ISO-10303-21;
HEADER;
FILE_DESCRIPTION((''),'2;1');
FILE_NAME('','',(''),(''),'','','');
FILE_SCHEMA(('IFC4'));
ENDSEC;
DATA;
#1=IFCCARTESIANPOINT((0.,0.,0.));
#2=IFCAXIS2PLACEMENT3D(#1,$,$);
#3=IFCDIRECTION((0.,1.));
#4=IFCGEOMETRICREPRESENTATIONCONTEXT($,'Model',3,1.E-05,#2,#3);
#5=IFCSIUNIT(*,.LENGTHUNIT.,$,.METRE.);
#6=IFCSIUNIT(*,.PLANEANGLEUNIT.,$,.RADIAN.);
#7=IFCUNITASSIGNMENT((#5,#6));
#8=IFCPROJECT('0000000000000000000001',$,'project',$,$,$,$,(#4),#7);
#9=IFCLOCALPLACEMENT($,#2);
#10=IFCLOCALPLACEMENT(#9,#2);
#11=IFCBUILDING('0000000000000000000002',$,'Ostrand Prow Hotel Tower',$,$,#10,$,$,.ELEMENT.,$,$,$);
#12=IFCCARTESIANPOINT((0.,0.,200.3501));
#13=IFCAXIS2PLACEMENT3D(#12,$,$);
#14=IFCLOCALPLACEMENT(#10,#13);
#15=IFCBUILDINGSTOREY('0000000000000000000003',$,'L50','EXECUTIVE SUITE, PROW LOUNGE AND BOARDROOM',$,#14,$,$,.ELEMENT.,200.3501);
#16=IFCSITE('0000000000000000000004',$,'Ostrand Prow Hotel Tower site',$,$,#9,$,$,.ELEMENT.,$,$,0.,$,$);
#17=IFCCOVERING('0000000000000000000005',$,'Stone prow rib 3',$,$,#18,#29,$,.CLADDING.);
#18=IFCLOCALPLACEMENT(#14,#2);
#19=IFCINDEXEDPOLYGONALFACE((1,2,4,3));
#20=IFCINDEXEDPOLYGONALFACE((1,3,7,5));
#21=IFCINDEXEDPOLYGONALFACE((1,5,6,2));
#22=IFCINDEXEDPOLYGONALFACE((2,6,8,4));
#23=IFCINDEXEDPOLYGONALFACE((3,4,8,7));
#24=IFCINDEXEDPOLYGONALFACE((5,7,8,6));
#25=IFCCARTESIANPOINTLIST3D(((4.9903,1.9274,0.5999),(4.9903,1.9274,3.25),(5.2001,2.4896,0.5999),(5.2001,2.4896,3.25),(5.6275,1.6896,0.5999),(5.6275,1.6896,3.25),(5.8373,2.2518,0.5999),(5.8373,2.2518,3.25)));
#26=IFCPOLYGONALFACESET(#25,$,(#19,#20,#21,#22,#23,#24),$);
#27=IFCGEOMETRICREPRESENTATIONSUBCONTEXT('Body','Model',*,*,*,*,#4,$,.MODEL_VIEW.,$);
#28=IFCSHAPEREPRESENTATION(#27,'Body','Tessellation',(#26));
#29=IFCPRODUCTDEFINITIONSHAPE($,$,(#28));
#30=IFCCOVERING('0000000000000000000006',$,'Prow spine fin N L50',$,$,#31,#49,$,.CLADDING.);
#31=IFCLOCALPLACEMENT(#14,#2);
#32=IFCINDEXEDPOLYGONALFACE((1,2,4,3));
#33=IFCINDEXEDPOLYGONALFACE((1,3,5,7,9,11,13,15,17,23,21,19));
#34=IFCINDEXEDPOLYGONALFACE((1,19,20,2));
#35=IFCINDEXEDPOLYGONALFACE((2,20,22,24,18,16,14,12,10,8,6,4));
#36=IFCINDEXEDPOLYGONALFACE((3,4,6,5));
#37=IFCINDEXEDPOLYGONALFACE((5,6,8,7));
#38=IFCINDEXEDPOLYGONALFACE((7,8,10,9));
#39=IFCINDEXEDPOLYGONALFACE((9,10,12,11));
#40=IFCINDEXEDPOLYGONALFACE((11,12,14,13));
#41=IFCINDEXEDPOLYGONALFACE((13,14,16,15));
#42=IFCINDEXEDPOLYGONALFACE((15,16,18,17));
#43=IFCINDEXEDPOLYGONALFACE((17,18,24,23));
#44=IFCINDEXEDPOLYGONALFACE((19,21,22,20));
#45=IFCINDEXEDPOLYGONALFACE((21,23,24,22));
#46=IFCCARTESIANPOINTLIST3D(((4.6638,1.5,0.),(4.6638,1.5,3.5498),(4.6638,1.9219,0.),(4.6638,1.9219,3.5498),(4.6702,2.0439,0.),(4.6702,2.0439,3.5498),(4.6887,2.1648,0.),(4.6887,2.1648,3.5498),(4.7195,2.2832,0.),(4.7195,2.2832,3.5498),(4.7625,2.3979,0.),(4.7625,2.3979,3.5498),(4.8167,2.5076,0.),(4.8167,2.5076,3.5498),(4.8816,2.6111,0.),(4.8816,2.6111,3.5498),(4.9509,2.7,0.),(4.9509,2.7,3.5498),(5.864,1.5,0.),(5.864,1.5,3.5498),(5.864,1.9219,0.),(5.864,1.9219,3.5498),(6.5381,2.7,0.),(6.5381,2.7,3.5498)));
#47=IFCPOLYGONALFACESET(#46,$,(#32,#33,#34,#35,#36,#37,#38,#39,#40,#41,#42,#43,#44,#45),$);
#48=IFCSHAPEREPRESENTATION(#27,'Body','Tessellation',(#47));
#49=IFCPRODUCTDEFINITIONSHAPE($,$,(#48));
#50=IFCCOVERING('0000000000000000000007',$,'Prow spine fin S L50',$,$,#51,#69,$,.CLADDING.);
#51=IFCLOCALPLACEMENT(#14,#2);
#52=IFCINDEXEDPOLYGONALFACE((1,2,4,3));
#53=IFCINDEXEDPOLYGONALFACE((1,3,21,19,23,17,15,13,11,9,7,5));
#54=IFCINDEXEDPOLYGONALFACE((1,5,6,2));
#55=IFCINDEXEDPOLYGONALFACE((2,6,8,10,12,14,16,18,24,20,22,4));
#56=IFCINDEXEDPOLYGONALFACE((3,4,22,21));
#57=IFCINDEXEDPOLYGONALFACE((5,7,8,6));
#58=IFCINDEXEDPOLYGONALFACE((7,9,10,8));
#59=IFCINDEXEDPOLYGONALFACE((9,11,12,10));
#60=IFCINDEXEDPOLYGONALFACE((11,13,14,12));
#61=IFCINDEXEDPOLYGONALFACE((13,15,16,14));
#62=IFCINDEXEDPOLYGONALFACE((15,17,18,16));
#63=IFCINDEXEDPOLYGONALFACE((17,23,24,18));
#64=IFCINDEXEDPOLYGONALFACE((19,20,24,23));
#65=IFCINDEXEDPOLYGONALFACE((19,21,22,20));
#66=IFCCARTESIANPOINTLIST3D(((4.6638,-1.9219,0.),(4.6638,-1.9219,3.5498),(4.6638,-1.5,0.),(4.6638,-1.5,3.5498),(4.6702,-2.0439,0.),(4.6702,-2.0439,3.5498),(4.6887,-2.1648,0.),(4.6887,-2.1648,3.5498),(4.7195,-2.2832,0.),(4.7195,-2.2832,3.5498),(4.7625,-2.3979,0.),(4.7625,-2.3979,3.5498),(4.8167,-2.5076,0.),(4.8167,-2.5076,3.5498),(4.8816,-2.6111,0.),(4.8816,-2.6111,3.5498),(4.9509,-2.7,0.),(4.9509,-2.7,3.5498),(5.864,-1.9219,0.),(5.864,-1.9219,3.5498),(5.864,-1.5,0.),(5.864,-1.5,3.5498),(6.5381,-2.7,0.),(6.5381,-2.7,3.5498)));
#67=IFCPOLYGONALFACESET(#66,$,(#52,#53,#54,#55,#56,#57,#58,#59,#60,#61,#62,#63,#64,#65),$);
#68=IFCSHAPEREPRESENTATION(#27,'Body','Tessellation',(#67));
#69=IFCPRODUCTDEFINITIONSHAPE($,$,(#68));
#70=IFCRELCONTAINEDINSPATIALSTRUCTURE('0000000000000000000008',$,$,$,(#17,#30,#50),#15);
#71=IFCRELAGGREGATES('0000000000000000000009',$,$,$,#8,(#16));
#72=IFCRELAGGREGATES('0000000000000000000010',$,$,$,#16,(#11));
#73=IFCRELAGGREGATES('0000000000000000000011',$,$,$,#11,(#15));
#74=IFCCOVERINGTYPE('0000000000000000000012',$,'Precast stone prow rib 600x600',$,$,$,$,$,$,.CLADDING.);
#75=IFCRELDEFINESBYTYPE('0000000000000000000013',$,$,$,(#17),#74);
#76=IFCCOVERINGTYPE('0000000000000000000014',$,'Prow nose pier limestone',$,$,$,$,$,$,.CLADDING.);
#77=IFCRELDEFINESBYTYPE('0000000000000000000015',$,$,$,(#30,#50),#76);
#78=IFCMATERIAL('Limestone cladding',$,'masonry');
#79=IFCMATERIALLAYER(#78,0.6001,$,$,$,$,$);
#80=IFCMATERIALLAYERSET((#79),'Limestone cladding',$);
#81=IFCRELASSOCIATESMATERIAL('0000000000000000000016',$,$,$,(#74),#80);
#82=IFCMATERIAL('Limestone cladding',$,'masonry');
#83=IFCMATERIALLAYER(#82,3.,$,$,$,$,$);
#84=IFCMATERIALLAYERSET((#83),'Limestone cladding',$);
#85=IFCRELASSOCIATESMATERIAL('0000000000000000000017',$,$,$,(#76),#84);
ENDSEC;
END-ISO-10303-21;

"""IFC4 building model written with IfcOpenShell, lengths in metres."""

from ifc_helpers import new_model, si_unit, direction, frame, frame_2d, origin, place, context, subcontext, project, spatial, polyline, rectangle, outline, extrude, material, layer, layer_set, type_object, element, save


model = new_model("IFC4")

# Units and contexts
model_context = context("Model", 3, precision=1e-05, world=origin(), true_north=direction((0.0, 1.0)))
body_context = subcontext(model_context, "Body", "Model", "MODEL_VIEW")
ifc_project = project(units=[si_unit("LENGTHUNIT", "METRE"), si_unit("PLANEANGLEUNIT", "RADIAN")], contexts=[model_context])

# Site, building, storey
site_placement = place(None, origin())
site = spatial("IfcSite", under=ifc_project, at=site_placement, Name="Ostrand Prow Hotel Tower site", CompositionType="ELEMENT", RefElevation=0.0)
building_placement = place(site_placement, origin())
building = spatial("IfcBuilding", under=site, at=building_placement, Name="Ostrand Prow Hotel Tower", CompositionType="ELEMENT")
storey_placement = place(building_placement, frame((0.0, 0.0, 200.3501)))
storey = spatial("IfcBuildingStorey", under=building, at=storey_placement, Name="L50", Description="EXECUTIVE SUITE, PROW LOUNGE AND BOARDROOM", CompositionType="ELEMENT", Elevation=200.3501)

# Coverings
ifc_material_1 = material(Name="Limestone cladding", Category="masonry")
ifc_layer_1 = layer(ifc_material_1, 0.6001)
ifc_layer_set_1 = layer_set([ifc_layer_1], Name="Limestone cladding")
covering_type_1 = type_object("IfcCoveringType", Name="Precast stone prow rib 600x600", PredefinedType="CLADDING", material=ifc_layer_set_1)
covering_1_placement = place(storey_placement, frame((5.7324, 1.9707, 0.5999), z_axis=(0.0, 0.0, 1.0), x_axis=(-0.936889, 0.349628, 0.0)))
element("IfcCovering", 1, at=covering_1_placement, inside=storey, type_object=covering_type_1, Name="Stone prow rib 3", PredefinedType="CLADDING", context=body_context, shape_type="SweptSolid", body=[
    extrude(rectangle(XDim=0.6802, YDim=0.6001, at=frame_2d((0.3401, 0.0))), origin(), (0.0, 0.0, 1.0), 2.6501),
])
ifc_material_2 = material(Name="Limestone cladding", Category="masonry")
ifc_layer_2 = layer(ifc_material_2, 3.0)
ifc_layer_set_2 = layer_set([ifc_layer_2], Name="Limestone cladding")
covering_type_2 = type_object("IfcCoveringType", Name="Prow nose pier limestone", PredefinedType="CLADDING", material=ifc_layer_set_2)
covering_2_placement = place(storey_placement, origin())
element("IfcCovering", 2, at=covering_2_placement, inside=storey, type_object=covering_type_2, Name="Prow spine fin N L50", PredefinedType="CLADDING", context=body_context, shape_type="SweptSolid", body=[
    extrude(outline(polyline([(4.6638, 1.9219), (4.6638, 1.5), (5.864, 1.5), (5.864, 1.9219), (6.5381, 2.7), (4.9509, 2.7), (4.8816, 2.6111), (4.8167, 2.5076), (4.7625, 2.3979), (4.7195, 2.2832), (4.6887, 2.1648), (4.6702, 2.0439), (4.6638, 1.9219)])), origin(), (0.0, 0.0, 1.0), 3.5498),
])
covering_3_placement = place(storey_placement, origin())
element("IfcCovering", 3, at=covering_3_placement, inside=storey, type_object=covering_type_2, Name="Prow spine fin S L50", PredefinedType="CLADDING", context=body_context, shape_type="SweptSolid", body=[
    extrude(outline(polyline([(4.8816, -2.6111), (4.9509, -2.7), (6.5381, -2.7), (5.864, -1.9219), (5.864, -1.5), (4.6638, -1.5), (4.6638, -1.9219), (4.6702, -2.0439), (4.6887, -2.1648), (4.7195, -2.2832), (4.7625, -2.3979), (4.8167, -2.5076), (4.8816, -2.6111)])), origin(), (0.0, 0.0, 1.0), 3.5498),
])

save(model, "model.ifc")
